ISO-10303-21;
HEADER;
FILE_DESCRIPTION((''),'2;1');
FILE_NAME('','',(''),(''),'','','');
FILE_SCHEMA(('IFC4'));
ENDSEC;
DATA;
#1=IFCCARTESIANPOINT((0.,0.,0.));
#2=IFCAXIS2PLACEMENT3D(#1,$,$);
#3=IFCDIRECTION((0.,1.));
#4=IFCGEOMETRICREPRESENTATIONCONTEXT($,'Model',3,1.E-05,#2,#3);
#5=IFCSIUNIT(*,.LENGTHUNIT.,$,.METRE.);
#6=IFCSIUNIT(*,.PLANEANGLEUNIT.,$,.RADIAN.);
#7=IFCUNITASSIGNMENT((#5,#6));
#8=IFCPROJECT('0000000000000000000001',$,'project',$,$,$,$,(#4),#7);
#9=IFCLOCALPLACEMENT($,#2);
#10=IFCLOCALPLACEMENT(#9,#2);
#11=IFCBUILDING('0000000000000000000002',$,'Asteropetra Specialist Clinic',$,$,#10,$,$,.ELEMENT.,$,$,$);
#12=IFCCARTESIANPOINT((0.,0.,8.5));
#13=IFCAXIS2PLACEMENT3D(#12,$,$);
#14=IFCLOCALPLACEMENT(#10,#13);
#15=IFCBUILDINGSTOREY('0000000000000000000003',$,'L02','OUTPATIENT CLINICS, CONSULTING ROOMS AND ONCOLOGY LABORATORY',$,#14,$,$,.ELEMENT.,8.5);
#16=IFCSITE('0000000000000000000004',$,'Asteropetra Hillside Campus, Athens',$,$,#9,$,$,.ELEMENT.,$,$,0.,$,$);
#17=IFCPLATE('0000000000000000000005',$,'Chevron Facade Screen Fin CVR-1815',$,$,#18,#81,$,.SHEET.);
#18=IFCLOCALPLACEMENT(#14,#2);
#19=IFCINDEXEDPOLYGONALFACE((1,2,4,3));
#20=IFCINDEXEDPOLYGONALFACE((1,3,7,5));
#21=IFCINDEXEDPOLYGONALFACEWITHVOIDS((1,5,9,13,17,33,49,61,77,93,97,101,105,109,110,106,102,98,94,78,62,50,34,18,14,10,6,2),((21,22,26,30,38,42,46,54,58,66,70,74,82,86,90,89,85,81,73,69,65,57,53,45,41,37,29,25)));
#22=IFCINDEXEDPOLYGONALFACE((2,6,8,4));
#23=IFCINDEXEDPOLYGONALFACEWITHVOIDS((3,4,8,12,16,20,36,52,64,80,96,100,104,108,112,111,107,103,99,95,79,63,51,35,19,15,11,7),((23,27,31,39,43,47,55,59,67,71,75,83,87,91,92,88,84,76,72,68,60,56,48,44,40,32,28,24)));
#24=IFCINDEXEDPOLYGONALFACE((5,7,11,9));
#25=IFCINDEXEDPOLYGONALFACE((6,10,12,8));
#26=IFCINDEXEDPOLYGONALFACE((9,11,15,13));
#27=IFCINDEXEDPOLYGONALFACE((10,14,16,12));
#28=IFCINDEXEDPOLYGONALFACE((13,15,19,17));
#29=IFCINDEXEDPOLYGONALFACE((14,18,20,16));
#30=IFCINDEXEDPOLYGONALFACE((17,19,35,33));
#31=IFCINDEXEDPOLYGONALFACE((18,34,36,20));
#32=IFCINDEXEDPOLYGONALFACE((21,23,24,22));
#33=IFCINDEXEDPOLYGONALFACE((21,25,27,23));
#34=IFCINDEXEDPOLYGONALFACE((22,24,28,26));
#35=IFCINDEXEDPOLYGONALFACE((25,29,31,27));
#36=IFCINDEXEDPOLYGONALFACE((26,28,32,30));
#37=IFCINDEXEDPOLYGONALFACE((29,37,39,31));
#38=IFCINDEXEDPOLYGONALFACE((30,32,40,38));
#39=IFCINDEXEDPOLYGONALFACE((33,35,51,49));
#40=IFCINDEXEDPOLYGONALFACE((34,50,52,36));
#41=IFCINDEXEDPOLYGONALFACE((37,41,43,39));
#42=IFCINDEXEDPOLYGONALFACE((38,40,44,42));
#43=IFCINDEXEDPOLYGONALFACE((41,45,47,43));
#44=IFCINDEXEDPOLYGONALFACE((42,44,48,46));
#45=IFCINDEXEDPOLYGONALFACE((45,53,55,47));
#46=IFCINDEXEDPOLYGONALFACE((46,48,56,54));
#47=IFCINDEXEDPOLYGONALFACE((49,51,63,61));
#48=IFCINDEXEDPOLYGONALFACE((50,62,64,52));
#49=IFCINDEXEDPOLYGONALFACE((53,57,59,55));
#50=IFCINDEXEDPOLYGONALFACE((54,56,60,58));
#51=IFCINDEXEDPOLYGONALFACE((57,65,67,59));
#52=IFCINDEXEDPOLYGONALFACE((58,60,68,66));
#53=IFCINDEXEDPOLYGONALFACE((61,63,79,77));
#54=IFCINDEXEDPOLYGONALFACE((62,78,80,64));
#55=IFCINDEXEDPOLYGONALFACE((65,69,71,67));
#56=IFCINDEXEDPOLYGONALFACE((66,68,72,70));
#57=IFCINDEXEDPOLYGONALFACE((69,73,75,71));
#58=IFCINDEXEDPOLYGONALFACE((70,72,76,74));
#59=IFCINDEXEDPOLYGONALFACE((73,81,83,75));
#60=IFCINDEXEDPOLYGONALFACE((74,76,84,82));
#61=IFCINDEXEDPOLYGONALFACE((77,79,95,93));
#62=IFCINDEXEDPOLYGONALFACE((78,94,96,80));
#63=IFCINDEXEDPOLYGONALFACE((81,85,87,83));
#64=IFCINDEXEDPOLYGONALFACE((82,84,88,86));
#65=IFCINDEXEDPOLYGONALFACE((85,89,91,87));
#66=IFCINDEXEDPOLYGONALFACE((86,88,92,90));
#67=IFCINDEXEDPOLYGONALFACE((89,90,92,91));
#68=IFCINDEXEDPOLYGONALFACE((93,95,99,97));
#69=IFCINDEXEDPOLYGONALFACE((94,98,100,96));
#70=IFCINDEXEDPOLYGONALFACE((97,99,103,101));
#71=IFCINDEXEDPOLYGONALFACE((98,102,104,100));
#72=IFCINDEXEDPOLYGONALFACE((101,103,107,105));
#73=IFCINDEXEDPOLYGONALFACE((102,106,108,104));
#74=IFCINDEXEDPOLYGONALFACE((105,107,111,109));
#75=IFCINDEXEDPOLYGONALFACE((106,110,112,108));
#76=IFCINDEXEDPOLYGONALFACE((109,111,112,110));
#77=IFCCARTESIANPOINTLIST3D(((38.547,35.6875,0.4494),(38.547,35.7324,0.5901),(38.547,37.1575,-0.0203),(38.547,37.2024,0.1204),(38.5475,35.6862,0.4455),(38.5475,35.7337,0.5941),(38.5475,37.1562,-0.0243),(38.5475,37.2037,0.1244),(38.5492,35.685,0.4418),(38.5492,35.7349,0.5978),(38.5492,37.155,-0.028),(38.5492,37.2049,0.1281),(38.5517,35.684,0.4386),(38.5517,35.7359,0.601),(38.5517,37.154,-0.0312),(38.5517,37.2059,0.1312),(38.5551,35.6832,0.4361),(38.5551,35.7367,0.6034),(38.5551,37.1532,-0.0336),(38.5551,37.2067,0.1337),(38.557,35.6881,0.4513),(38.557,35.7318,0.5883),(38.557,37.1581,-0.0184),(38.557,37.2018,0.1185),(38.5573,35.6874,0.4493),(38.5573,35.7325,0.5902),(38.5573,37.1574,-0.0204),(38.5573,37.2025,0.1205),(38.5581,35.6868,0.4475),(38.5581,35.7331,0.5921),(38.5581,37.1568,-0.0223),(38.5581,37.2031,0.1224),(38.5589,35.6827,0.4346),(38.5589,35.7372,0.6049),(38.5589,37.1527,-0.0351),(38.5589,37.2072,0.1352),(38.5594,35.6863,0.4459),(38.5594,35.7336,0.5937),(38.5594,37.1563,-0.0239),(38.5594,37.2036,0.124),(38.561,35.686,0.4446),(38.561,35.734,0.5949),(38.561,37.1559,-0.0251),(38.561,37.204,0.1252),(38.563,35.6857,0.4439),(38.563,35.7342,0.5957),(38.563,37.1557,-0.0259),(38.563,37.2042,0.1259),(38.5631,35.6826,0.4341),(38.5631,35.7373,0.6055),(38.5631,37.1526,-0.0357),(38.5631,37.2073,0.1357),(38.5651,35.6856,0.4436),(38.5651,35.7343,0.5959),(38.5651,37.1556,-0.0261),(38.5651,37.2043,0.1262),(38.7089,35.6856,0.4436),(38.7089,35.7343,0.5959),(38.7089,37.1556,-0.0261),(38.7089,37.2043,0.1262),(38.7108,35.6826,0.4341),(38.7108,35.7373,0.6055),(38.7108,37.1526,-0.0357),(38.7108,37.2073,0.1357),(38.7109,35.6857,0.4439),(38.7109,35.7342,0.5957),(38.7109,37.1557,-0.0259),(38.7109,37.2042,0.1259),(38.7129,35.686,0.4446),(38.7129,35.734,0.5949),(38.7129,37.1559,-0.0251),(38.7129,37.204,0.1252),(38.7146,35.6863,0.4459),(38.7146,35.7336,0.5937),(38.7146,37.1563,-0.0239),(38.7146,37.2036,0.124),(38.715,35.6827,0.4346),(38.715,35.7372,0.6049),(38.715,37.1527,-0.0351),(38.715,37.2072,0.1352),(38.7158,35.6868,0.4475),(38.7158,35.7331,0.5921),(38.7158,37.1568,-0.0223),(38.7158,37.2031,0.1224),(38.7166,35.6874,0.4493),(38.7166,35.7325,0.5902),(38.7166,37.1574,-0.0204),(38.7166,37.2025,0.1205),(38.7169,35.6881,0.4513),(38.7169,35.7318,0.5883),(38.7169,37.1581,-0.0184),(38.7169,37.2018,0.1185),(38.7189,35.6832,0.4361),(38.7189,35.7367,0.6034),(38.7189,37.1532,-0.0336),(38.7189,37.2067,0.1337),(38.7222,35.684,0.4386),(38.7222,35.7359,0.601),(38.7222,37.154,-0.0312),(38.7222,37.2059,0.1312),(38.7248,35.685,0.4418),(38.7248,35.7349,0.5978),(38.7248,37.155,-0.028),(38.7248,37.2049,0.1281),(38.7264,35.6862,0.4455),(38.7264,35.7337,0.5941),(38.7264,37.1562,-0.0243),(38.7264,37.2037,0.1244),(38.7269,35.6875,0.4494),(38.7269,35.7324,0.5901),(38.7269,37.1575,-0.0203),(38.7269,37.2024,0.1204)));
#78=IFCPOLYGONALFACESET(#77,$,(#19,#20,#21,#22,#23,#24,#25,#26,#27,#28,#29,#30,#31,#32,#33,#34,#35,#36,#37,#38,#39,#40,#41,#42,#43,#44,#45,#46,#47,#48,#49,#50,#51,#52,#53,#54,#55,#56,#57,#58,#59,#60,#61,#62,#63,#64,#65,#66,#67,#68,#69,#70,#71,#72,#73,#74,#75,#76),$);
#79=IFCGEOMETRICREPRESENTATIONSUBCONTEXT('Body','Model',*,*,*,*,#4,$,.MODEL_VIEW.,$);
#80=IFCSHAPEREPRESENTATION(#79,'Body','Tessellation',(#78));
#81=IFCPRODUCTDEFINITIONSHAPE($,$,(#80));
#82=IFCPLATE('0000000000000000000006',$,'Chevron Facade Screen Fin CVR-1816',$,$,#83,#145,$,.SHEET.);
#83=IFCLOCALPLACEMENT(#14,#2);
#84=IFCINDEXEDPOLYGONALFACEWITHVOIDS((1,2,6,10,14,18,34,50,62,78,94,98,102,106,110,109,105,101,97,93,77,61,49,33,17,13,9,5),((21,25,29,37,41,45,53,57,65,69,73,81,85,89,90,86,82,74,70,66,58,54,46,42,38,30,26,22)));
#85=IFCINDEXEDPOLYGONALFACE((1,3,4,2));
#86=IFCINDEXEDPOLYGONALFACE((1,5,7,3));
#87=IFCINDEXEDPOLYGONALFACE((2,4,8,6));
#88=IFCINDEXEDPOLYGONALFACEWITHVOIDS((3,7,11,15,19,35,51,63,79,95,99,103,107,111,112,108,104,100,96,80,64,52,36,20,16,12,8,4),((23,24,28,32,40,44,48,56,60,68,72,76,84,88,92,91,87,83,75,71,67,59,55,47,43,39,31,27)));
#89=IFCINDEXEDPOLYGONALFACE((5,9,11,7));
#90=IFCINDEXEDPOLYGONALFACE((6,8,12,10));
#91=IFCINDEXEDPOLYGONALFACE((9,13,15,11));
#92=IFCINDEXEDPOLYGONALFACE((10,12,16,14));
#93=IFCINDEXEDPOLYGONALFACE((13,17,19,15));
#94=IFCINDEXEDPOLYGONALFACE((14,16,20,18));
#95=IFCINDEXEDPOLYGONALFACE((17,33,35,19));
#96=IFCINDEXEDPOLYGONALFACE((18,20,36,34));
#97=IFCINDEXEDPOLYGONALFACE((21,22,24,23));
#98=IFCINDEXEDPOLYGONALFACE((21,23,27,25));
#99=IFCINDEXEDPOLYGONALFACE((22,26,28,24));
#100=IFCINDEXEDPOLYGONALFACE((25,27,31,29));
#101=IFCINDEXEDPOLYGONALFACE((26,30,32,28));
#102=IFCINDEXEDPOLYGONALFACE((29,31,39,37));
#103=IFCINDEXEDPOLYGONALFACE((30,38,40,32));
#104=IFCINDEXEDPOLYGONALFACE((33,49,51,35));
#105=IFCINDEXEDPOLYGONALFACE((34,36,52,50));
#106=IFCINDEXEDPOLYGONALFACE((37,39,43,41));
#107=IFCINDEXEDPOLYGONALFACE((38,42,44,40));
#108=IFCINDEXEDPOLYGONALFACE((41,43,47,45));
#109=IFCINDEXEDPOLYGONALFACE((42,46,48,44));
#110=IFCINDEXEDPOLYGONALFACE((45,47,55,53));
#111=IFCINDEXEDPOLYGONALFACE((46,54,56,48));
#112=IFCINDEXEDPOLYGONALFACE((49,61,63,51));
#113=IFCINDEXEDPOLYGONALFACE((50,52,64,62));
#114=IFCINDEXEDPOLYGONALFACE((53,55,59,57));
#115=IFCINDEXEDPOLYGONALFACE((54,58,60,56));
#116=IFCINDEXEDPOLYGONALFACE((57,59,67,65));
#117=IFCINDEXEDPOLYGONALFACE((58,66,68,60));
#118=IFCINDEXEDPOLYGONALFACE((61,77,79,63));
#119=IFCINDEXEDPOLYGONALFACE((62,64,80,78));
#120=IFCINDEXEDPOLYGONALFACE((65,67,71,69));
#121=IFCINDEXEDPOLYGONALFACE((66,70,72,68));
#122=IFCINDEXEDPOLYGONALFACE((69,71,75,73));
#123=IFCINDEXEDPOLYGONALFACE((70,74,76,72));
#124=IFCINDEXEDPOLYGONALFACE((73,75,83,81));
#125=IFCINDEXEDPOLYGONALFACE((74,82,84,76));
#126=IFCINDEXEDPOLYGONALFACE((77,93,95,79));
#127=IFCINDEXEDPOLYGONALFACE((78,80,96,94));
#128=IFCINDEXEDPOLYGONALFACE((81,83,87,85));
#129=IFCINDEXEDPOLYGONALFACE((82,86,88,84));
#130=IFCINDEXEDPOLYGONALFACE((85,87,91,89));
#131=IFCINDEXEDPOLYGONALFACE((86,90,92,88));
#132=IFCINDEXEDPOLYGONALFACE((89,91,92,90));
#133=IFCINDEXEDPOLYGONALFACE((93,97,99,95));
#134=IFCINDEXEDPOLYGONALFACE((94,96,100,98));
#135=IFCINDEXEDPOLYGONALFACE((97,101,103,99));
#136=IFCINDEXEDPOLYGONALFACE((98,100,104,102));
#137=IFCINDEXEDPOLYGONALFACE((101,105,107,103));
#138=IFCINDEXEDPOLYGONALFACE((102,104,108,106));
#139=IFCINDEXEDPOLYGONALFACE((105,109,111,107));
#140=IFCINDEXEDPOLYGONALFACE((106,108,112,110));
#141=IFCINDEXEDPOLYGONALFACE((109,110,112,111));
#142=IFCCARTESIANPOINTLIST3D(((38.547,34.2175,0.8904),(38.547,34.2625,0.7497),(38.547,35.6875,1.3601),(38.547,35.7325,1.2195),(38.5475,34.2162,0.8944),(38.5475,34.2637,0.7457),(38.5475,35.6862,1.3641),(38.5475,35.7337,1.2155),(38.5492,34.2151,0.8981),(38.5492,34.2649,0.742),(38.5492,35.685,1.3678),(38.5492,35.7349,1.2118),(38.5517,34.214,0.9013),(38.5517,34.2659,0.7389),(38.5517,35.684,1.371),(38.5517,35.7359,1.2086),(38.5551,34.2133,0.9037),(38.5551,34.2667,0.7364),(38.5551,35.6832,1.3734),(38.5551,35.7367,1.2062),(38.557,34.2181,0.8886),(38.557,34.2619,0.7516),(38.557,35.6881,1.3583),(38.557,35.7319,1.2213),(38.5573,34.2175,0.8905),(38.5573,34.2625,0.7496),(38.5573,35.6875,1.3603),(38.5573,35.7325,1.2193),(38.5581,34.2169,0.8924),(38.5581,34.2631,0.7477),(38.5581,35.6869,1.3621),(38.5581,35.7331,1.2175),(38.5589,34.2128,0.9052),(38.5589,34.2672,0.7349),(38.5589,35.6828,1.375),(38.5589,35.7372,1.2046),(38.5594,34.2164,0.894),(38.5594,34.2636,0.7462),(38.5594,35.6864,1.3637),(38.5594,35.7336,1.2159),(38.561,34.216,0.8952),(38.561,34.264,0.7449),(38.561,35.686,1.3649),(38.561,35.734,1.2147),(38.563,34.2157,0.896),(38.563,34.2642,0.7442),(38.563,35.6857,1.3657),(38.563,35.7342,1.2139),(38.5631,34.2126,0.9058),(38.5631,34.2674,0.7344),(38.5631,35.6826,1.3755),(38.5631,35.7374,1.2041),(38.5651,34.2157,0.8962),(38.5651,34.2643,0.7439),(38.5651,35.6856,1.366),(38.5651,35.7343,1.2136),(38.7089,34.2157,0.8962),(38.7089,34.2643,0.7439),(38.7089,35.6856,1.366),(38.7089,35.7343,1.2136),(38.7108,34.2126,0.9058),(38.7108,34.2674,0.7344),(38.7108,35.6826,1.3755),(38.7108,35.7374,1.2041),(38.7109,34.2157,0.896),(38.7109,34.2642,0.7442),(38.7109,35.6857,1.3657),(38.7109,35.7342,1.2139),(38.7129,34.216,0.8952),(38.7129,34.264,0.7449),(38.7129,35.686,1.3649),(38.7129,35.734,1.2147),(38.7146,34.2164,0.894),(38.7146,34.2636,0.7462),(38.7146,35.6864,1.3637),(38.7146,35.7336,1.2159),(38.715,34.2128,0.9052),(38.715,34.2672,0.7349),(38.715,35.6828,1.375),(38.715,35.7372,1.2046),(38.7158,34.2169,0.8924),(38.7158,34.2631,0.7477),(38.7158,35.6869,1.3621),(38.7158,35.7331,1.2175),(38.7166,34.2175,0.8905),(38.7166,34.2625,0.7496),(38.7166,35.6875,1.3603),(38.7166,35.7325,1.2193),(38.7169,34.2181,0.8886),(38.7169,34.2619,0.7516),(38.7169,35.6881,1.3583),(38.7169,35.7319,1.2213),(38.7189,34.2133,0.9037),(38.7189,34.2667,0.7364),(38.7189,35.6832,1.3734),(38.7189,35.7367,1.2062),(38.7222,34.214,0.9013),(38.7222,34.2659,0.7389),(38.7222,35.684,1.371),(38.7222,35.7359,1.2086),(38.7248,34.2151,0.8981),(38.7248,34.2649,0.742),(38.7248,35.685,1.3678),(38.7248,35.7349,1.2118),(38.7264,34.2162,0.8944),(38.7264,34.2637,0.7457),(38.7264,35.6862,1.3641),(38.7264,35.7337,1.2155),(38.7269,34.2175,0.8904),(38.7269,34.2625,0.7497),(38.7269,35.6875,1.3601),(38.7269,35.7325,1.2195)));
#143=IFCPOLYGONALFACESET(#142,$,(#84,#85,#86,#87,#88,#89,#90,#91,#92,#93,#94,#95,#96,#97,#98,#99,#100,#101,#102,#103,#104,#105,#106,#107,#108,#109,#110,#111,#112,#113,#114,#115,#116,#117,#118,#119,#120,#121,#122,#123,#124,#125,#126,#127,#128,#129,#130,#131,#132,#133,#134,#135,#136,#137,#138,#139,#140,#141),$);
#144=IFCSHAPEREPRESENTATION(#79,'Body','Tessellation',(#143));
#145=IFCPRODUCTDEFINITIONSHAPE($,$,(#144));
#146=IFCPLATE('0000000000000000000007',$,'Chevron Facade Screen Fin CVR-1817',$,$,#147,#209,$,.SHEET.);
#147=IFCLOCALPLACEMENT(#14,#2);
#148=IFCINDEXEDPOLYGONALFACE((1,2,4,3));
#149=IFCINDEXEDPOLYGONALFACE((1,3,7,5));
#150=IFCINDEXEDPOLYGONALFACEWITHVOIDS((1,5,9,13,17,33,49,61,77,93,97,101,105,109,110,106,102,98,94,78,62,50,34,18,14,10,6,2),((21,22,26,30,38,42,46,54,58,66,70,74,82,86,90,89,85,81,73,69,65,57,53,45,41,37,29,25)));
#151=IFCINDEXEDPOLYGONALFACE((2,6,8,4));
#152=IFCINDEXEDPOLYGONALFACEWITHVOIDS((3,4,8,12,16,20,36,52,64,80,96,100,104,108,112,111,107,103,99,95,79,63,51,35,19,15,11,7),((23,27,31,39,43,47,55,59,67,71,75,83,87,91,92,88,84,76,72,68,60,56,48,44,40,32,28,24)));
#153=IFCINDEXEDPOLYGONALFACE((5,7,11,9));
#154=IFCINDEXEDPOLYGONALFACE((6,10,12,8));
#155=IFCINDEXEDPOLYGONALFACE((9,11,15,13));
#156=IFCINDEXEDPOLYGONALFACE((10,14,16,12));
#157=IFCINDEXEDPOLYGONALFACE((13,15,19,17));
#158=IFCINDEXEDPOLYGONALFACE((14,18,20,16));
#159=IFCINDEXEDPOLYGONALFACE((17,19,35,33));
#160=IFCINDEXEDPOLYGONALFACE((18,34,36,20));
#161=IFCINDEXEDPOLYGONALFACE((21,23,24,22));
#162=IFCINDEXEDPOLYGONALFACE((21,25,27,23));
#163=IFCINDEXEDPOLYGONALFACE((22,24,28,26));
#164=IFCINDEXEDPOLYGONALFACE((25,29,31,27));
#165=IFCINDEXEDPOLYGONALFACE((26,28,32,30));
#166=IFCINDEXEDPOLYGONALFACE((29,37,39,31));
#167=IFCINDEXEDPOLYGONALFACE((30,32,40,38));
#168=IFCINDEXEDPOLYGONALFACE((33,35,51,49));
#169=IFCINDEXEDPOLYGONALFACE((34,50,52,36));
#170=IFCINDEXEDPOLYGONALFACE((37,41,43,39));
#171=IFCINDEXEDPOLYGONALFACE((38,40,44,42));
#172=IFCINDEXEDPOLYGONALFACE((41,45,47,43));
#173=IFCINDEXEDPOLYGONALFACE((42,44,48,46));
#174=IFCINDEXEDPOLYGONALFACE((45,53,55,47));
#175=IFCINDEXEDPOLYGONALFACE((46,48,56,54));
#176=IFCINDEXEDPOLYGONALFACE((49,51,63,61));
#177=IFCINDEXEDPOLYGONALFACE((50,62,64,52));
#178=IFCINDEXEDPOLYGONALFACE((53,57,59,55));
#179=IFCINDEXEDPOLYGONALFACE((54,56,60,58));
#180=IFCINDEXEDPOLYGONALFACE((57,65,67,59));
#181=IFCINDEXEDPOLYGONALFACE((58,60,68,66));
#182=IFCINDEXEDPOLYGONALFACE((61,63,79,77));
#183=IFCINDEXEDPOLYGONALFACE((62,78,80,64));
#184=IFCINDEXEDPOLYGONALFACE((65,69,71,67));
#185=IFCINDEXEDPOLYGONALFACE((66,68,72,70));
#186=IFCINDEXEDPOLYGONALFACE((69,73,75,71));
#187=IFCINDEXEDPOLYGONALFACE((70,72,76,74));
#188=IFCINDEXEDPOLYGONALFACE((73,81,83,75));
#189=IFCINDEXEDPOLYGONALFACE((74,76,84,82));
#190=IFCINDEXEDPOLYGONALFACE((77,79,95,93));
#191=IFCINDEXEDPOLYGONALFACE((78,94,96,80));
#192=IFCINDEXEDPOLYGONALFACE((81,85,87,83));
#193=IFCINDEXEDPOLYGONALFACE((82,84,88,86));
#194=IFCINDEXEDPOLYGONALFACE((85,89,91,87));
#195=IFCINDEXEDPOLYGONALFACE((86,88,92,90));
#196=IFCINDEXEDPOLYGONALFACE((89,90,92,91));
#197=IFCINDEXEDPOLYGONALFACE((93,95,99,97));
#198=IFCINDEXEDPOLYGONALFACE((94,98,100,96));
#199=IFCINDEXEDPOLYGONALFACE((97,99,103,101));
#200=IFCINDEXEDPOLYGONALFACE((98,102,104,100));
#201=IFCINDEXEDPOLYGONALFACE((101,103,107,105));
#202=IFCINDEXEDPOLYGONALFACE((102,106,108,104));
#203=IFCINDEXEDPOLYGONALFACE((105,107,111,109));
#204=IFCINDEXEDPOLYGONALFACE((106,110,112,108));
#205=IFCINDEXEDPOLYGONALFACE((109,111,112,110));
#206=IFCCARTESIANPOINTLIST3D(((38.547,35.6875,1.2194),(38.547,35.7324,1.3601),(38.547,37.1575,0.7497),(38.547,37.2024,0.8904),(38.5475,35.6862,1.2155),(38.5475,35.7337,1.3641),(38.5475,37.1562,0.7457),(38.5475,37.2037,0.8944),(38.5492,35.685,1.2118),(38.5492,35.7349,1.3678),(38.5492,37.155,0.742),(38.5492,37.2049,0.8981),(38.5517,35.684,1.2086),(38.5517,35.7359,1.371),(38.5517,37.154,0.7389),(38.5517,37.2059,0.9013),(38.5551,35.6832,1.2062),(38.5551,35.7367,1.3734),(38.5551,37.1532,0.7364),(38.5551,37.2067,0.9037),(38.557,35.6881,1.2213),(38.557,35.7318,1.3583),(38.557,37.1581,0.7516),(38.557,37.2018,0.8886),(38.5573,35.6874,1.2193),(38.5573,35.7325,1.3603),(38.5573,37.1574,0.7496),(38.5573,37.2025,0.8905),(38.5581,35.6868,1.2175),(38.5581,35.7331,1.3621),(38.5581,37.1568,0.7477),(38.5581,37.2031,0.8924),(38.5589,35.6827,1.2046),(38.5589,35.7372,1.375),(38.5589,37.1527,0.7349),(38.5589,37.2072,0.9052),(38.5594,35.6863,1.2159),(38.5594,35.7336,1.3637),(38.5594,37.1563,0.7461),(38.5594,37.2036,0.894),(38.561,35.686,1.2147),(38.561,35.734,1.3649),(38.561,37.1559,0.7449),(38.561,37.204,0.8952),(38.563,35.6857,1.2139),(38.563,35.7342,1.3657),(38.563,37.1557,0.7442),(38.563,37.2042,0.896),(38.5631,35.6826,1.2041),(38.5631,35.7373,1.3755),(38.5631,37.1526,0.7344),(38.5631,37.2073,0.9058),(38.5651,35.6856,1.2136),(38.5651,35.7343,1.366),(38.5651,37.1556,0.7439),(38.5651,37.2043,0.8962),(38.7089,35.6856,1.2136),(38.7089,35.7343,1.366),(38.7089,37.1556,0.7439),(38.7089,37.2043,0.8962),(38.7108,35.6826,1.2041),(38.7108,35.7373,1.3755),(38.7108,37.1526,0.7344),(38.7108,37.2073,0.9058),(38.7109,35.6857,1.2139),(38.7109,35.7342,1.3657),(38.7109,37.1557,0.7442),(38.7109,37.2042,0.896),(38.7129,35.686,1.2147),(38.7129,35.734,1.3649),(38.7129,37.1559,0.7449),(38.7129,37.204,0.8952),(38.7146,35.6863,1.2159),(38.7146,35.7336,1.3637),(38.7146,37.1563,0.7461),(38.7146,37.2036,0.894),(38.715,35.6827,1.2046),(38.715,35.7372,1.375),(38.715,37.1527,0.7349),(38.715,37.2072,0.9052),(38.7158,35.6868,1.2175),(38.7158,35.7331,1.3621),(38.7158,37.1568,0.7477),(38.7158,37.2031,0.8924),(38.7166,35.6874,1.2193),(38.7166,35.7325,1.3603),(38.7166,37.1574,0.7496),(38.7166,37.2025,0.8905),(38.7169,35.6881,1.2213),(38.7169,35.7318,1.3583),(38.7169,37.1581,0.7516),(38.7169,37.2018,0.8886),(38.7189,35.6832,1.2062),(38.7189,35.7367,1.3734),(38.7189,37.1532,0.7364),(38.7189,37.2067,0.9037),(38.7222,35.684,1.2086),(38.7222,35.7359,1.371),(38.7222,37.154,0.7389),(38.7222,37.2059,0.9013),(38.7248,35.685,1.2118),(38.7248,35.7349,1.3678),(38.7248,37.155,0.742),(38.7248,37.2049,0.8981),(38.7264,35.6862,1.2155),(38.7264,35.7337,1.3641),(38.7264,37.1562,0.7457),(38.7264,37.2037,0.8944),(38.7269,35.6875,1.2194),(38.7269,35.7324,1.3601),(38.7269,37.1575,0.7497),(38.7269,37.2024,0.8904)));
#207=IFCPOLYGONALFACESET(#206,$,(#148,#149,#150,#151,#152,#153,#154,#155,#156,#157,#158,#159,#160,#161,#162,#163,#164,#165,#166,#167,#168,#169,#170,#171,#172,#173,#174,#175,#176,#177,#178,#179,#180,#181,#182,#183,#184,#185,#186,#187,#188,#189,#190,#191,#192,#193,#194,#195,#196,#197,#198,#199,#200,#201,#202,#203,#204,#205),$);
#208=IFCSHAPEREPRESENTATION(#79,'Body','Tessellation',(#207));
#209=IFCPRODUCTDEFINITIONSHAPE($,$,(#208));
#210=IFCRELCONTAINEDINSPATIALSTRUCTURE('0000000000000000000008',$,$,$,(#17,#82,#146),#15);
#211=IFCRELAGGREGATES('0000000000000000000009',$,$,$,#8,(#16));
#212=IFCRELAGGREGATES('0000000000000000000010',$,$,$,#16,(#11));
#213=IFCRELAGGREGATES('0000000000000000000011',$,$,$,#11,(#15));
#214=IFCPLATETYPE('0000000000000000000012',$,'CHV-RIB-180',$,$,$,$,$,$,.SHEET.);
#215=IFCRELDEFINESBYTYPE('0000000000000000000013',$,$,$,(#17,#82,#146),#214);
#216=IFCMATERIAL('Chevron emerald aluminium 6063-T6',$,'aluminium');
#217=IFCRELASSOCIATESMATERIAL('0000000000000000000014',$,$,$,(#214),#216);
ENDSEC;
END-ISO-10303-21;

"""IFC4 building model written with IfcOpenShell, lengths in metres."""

from ifc_helpers import new_model, si_unit, direction, frame, origin, origin_2d, place, context, subcontext, project, spatial, hollow_rectangle, extrude, material, material_profile, profile_set, type_object, element, save


model = new_model("IFC4")

# Units and contexts
model_context = context("Model", 3, precision=1e-05, world=origin(), true_north=direction((0.0, 1.0)))
body_context = subcontext(model_context, "Body", "Model", "MODEL_VIEW")
ifc_project = project(units=[si_unit("LENGTHUNIT", "METRE"), si_unit("PLANEANGLEUNIT", "RADIAN")], contexts=[model_context])

# Site, building, storey
site_placement = place(None, origin())
site = spatial("IfcSite", under=ifc_project, at=site_placement, Name="Asteropetra Hillside Campus, Athens", CompositionType="ELEMENT", RefElevation=0.0)
building_placement = place(site_placement, origin())
building = spatial("IfcBuilding", under=site, at=building_placement, Name="Asteropetra Specialist Clinic", CompositionType="ELEMENT")
storey_placement = place(building_placement, frame((0.0, 0.0, 8.5)))
storey = spatial("IfcBuildingStorey", under=building, at=storey_placement, Name="L02", Description="OUTPATIENT CLINICS, CONSULTING ROOMS AND ONCOLOGY LABORATORY", CompositionType="ELEMENT", Elevation=8.5)

# Plates
ifc_material_1 = material(Name="Chevron emerald aluminium 6063-T6", Category="aluminium")
ifc_material_profile_1 = material_profile(ifc_material_1, hollow_rectangle(XDim=0.1799, YDim=0.1799, WallThickness=0.01, InnerFilletRadius=0.0081, OuterFilletRadius=0.0161, at=origin_2d()), Name="SHS 180x180x10.0")
ifc_profile_set_1 = profile_set([ifc_material_profile_1], Name="Chevron emerald aluminium 6063-T6")
plate_type_1 = type_object("IfcPlateType", Name="CHV-RIB-180", PredefinedType="SHEET", material=ifc_profile_set_1)
for number, where, z_axis, x_axis, name in (
    (1, (38.637, 35.71, 0.5198), (0.0, 0.952549, -0.304385), (-1.0, 0.0, 0.0), "Chevron Facade Screen Fin CVR-1815"),
    (2, (38.637, 34.24, 0.8201), (0.0, 0.952549, 0.304385), (-1.0, 0.0, 0.0), "Chevron Facade Screen Fin CVR-1816"),
    (3, (38.637, 35.71, 1.2898), (0.0, 0.952549, -0.304385), (-1.0, 0.0, 0.0), "Chevron Facade Screen Fin CVR-1817"),
):
    element("IfcPlate", number, at=place(storey_placement, frame(where, z_axis=z_axis, x_axis=x_axis)), inside=storey, type_object=plate_type_1, Name=name, PredefinedType="SHEET", context=body_context, shape_type="SweptSolid", body=[
        extrude(hollow_rectangle(XDim=0.1799, YDim=0.1799, WallThickness=0.01, InnerFilletRadius=0.0081, OuterFilletRadius=0.0161, at=origin_2d()), origin(), (0.0, 0.0, 1.0), 1.5432),
    ])

save(model, "model.ifc")
